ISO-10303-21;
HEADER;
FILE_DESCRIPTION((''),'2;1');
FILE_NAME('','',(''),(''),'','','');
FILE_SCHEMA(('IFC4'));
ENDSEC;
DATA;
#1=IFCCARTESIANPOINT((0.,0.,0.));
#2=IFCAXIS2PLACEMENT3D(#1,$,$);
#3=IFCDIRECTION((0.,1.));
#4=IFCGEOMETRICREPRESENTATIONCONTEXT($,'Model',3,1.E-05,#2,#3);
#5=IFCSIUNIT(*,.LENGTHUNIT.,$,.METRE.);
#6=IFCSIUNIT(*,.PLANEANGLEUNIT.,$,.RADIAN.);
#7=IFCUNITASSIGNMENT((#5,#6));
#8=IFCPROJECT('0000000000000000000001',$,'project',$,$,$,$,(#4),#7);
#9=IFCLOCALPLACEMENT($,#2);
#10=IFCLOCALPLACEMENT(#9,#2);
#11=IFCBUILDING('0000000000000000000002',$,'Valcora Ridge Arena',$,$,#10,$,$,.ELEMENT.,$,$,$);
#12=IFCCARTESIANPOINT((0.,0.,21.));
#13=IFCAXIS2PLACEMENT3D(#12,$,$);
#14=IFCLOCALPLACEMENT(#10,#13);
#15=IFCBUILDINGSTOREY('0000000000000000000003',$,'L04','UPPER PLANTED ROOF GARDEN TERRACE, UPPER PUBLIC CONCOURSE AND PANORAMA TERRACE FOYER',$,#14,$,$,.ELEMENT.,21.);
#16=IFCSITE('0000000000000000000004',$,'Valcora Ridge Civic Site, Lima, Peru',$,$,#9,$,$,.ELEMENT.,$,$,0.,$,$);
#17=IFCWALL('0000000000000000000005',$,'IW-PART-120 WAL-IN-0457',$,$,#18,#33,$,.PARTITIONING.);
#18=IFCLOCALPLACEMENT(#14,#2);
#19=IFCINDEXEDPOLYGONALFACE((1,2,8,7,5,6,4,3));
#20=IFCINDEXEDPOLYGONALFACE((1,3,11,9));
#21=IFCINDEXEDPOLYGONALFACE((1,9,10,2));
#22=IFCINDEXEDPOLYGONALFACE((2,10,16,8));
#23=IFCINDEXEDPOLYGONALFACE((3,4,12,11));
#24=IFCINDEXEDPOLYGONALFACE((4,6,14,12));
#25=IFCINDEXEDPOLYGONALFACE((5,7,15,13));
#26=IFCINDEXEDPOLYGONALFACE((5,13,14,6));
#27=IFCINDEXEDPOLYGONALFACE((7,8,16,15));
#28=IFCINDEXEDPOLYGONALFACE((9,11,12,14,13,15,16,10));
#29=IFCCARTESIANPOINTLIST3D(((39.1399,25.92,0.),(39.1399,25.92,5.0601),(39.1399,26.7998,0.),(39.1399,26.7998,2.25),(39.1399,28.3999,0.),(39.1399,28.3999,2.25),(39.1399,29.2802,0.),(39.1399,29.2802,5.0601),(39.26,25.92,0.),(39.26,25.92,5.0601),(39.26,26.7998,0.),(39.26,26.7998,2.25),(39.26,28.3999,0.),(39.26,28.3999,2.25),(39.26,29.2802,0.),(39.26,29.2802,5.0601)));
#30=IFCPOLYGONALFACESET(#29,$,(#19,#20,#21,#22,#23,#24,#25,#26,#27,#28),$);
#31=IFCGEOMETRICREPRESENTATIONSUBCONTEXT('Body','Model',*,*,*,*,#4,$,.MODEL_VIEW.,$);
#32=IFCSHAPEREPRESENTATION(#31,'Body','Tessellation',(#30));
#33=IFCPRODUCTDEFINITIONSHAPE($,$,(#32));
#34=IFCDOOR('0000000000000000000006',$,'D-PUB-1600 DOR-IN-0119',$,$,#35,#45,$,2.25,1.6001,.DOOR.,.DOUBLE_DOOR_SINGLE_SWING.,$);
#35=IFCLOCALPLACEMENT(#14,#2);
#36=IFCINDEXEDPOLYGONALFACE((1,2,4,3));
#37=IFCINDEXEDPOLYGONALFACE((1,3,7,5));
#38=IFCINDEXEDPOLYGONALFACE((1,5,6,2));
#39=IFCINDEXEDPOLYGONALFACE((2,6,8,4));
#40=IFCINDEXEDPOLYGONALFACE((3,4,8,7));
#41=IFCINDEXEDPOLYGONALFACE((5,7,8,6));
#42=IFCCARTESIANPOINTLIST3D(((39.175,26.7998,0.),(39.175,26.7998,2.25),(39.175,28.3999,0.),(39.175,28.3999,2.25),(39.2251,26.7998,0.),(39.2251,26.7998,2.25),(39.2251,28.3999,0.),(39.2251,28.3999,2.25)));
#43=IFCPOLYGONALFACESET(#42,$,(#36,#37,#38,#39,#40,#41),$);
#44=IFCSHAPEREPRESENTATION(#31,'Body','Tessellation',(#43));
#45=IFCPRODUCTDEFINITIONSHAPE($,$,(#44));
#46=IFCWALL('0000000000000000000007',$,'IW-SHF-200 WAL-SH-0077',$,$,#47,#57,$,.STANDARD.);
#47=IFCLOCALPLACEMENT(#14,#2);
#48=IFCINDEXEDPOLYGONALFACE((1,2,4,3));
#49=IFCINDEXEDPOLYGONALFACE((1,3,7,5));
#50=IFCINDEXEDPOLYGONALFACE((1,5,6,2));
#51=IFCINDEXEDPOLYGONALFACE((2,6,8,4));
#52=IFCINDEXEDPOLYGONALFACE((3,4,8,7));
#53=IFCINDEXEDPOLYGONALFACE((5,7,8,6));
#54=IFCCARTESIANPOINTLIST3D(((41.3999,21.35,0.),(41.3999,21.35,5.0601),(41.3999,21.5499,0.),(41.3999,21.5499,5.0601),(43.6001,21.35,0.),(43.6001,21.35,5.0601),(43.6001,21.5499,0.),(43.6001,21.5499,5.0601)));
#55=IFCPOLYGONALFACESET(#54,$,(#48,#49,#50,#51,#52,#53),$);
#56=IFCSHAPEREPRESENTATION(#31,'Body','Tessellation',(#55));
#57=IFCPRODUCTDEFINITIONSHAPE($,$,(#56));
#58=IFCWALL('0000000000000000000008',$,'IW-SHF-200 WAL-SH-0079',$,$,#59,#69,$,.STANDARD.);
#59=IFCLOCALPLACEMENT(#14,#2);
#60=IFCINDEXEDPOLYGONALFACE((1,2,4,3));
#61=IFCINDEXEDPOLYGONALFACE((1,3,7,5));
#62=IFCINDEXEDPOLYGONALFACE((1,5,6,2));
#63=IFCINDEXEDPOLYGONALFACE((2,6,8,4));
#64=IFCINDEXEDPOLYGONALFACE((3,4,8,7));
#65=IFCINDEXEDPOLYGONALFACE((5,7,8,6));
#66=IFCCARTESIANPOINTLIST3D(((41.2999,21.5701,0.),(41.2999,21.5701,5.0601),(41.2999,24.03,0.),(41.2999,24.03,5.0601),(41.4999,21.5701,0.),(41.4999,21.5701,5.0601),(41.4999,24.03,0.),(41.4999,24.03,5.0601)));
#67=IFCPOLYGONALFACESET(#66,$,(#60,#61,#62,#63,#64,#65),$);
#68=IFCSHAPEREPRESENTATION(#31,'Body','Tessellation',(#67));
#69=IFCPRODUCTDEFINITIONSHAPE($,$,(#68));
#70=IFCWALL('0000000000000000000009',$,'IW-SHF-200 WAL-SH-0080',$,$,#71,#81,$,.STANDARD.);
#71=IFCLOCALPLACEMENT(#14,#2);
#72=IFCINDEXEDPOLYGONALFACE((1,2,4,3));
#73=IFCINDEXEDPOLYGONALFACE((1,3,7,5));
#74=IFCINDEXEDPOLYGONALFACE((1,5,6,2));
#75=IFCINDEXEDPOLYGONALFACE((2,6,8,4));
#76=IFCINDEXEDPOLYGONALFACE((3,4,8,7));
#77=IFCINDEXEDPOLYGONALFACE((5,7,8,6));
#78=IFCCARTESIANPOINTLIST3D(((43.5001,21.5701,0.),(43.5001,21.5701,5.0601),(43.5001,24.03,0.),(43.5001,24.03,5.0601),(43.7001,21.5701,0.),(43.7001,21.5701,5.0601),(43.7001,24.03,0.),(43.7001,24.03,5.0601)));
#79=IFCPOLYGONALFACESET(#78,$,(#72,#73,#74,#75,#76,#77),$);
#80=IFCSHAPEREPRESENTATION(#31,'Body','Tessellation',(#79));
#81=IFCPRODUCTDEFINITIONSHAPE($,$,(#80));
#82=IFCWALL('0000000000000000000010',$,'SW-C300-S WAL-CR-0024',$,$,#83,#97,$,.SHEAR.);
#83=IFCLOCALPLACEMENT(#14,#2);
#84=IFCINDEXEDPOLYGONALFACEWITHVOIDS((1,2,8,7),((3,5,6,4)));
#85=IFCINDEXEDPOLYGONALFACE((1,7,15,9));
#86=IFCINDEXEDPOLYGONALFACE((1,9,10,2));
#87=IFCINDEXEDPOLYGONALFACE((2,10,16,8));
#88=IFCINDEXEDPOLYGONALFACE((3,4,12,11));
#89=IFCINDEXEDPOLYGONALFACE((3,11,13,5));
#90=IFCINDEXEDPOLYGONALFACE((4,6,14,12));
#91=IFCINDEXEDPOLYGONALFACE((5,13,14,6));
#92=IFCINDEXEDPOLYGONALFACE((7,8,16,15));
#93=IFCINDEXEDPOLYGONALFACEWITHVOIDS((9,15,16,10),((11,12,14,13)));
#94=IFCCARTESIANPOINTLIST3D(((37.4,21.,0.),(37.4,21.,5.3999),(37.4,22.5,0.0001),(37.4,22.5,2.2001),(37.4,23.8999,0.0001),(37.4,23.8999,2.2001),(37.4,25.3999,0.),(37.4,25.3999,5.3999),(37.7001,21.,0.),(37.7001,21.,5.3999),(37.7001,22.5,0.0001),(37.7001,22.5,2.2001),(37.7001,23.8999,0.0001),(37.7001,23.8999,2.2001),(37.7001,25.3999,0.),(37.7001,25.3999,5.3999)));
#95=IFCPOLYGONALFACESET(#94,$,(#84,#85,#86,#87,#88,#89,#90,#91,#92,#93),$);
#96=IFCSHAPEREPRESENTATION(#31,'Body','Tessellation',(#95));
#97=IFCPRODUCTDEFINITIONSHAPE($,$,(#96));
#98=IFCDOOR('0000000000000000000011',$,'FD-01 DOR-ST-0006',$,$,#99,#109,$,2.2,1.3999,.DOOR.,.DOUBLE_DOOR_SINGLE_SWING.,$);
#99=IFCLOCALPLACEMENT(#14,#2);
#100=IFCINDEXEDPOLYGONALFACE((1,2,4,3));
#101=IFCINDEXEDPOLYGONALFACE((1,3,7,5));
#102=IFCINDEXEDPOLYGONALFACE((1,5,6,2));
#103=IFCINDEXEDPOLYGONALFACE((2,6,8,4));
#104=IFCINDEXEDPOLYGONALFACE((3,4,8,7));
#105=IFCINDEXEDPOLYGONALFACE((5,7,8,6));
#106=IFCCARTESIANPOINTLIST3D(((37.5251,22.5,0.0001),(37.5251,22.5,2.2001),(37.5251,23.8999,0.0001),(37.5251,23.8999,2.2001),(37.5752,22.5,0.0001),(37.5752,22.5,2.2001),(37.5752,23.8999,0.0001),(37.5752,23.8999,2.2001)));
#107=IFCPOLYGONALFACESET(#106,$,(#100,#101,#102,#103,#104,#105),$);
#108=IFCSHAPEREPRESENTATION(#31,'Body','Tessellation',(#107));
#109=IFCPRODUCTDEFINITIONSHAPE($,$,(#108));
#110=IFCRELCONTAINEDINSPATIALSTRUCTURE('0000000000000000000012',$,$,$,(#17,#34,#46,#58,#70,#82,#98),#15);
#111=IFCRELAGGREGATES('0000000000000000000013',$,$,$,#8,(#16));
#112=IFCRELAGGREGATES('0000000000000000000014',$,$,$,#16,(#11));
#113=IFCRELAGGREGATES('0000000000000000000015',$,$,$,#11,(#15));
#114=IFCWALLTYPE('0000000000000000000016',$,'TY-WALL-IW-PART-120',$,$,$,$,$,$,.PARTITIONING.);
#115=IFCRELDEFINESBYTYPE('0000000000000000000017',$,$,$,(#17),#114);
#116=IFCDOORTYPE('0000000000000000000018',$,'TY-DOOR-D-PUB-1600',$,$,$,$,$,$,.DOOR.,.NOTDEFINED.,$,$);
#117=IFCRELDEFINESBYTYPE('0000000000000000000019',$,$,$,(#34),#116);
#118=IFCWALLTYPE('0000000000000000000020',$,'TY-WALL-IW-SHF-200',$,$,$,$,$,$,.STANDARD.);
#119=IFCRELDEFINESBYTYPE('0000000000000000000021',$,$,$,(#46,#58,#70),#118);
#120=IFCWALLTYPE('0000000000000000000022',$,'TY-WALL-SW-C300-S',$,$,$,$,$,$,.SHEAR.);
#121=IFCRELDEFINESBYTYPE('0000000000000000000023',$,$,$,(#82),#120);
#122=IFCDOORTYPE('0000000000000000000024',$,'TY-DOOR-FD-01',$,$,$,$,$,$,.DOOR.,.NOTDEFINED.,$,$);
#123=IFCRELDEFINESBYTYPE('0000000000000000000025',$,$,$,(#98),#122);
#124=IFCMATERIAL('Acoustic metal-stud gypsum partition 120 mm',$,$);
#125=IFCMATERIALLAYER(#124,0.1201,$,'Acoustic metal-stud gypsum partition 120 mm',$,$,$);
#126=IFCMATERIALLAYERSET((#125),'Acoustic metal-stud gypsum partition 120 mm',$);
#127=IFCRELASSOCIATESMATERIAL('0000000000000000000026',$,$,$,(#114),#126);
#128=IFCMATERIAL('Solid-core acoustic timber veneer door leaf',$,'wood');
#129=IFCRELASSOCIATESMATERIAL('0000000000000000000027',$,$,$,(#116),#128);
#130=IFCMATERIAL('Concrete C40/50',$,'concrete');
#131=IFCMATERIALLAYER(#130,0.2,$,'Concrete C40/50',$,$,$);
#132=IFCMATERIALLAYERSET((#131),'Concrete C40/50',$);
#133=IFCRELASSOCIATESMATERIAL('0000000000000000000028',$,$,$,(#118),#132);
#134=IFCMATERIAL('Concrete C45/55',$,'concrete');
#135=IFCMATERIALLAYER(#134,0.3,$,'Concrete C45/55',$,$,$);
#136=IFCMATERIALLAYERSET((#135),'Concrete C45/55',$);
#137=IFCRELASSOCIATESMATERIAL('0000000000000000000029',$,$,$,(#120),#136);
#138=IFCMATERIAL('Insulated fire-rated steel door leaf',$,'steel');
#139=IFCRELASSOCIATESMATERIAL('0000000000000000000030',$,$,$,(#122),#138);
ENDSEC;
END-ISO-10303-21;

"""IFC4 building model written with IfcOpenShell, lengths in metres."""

from ifc_helpers import new_model, si_unit, direction, frame, frame_2d, origin, place, context, subcontext, project, spatial, rectangle, extrude, material, layer, layer_set, type_object, element, fill, save


model = new_model("IFC4")

# Units and contexts
model_context = context("Model", 3, precision=1e-05, world=origin(), true_north=direction((0.0, 1.0)))
body_context = subcontext(model_context, "Body", "Model", "MODEL_VIEW")
ifc_project = project(units=[si_unit("LENGTHUNIT", "METRE"), si_unit("PLANEANGLEUNIT", "RADIAN")], contexts=[model_context])

# Site, building, storey
site_placement = place(None, origin())
site = spatial("IfcSite", under=ifc_project, at=site_placement, Name="Valcora Ridge Civic Site, Lima, Peru", CompositionType="ELEMENT", RefElevation=0.0)
building_placement = place(site_placement, origin())
building = spatial("IfcBuilding", under=site, at=building_placement, Name="Valcora Ridge Arena", CompositionType="ELEMENT")
storey_placement = place(building_placement, frame((0.0, 0.0, 21.0)))
storey = spatial("IfcBuildingStorey", under=building, at=storey_placement, Name="L04", Description="UPPER PLANTED ROOF GARDEN TERRACE, UPPER PUBLIC CONCOURSE AND PANORAMA TERRACE FOYER", CompositionType="ELEMENT", Elevation=21.0)

# Shared definitions
ifc_material_1 = material(Name="Concrete C40/50", Category="concrete")

# Shared definitions
ifc_material_2 = material(Name="Acoustic metal-stud gypsum partition 120 mm")
ifc_layer_1 = layer(ifc_material_2, 0.1201, Name="Acoustic metal-stud gypsum partition 120 mm")
ifc_layer_set_1 = layer_set([ifc_layer_1], Name="Acoustic metal-stud gypsum partition 120 mm")
wall_type_1 = type_object("IfcWallType", Name="TY-WALL-IW-PART-120", PredefinedType="PARTITIONING", material=ifc_layer_set_1)

# Wall, opening, door
wall_1_placement = place(storey_placement, frame((39.2, 25.9199, 0.0), z_axis=(0.0, 0.0, 1.0), x_axis=(0.0, 1.0, 0.0)))
wall_1 = element("IfcWall", 1, at=wall_1_placement, inside=storey, type_object=wall_type_1, Name="IW-PART-120 WAL-IN-0457", PredefinedType="PARTITIONING", context=body_context, shape_type="SweptSolid", body=[
    extrude(rectangle(XDim=3.3601, YDim=0.1201, at=frame_2d((1.6802, 0.0))), origin(), (0.0, 0.0, 1.0), 5.0601),
])
opening_1_placement = place(wall_1_placement, frame((0.8799, 0.0, 0.0)))
opening_1 = element("IfcOpeningElement", 2, at=opening_1_placement, cuts=wall_1, PredefinedType="OPENING", context=body_context, shape_type="SweptSolid", body=[
    extrude(rectangle(XDim=1.6001, YDim=2.25, at=frame_2d((0.8, 1.125))), frame((0.0, 0.0701, 0.0), z_axis=(0.0, -1.0, 0.0), x_axis=(1.0, 0.0, 0.0)), (0.0, 0.0, 1.0), 0.1401),
])
ifc_material_3 = material(Name="Solid-core acoustic timber veneer door leaf", Category="wood")
door_type_1 = type_object("IfcDoorType", Name="TY-DOOR-D-PUB-1600", OperationType="NOTDEFINED", PredefinedType="DOOR", material=ifc_material_3)
door_1_placement = place(opening_1_placement, origin())
door_1 = element("IfcDoor", 3, at=door_1_placement, inside=storey, type_object=door_type_1, Name="D-PUB-1600 DOR-IN-0119", OperationType="DOUBLE_DOOR_SINGLE_SWING", OverallHeight=2.25, OverallWidth=1.6001, PredefinedType="DOOR", context=body_context, shape_type="SweptSolid", body=[
    extrude(rectangle(XDim=1.6001, YDim=2.25, at=frame_2d((0.8, 1.125))), frame((0.0, 0.0249, 0.0), z_axis=(0.0, -1.0, 0.0), x_axis=(1.0, 0.0, 0.0)), (0.0, 0.0, 1.0), 0.05),
])
fill(opening_1, door_1)

# Wall
ifc_layer_2 = layer(ifc_material_1, 0.2, Name="Concrete C40/50")
ifc_layer_set_2 = layer_set([ifc_layer_2], Name="Concrete C40/50")
wall_type_2 = type_object("IfcWallType", Name="TY-WALL-IW-SHF-200", PredefinedType="STANDARD", material=ifc_layer_set_2)
wall_2_placement = place(storey_placement, frame((41.3999, 21.45, 0.0), z_axis=(0.0, 0.0, 1.0), x_axis=(1.0, 0.0, 0.0)))
element("IfcWall", 4, at=wall_2_placement, inside=storey, type_object=wall_type_2, Name="IW-SHF-200 WAL-SH-0077", PredefinedType="STANDARD", context=body_context, shape_type="SweptSolid", body=[
    extrude(rectangle(XDim=2.2002, YDim=0.2, at=frame_2d((1.1001, 0.0))), origin(), (0.0, 0.0, 1.0), 5.0601),
])

# Walls
for number, where, z_axis, x_axis, name in (
    (5, (41.3999, 21.5701, 0.0), (0.0, 0.0, 1.0), (0.0, 1.0, 0.0), "IW-SHF-200 WAL-SH-0079"),
    (6, (43.6001, 21.5701, 0.0), (0.0, 0.0, 1.0), (0.0, 1.0, 0.0), "IW-SHF-200 WAL-SH-0080"),
):
    element("IfcWall", number, at=place(storey_placement, frame(where, z_axis=z_axis, x_axis=x_axis)), inside=storey, type_object=wall_type_2, Name=name, PredefinedType="STANDARD", context=body_context, shape_type="SweptSolid", body=[
        extrude(rectangle(XDim=2.46, YDim=0.2, at=frame_2d((1.23, 0.0))), origin(), (0.0, 0.0, 1.0), 5.0601),
    ])

# Wall, opening, door
ifc_material_4 = material(Name="Concrete C45/55", Category="concrete")
ifc_layer_3 = layer(ifc_material_4, 0.3, Name="Concrete C45/55")
ifc_layer_set_3 = layer_set([ifc_layer_3], Name="Concrete C45/55")
wall_type_3 = type_object("IfcWallType", Name="TY-WALL-SW-C300-S", PredefinedType="SHEAR", material=ifc_layer_set_3)
wall_3_placement = place(storey_placement, frame((37.55, 21.0, 0.0), z_axis=(0.0, 0.0, 1.0), x_axis=(0.0, 1.0, 0.0)))
wall_3 = element("IfcWall", 7, at=wall_3_placement, inside=storey, type_object=wall_type_3, Name="SW-C300-S WAL-CR-0024", PredefinedType="SHEAR", context=body_context, shape_type="SweptSolid", body=[
    extrude(rectangle(XDim=4.3999, YDim=0.3, at=frame_2d((2.2, 0.0))), origin(), (0.0, 0.0, 1.0), 5.3999),
])
opening_2_placement = place(wall_3_placement, frame((1.5, 0.0, 0.0)))
opening_2 = element("IfcOpeningElement", 8, at=opening_2_placement, cuts=wall_3, PredefinedType="OPENING", context=body_context, shape_type="SweptSolid", body=[
    extrude(rectangle(XDim=1.3999, YDim=2.2, at=frame_2d((0.7, 1.1001))), frame((0.0, 0.1599, 0.0), z_axis=(0.0, -1.0, 0.0), x_axis=(1.0, 0.0, 0.0)), (0.0, 0.0, 1.0), 0.3201),
])
ifc_material_5 = material(Name="Insulated fire-rated steel door leaf", Category="steel")
door_type_2 = type_object("IfcDoorType", Name="TY-DOOR-FD-01", OperationType="NOTDEFINED", PredefinedType="DOOR", material=ifc_material_5)
door_2_placement = place(opening_2_placement, origin())
door_2 = element("IfcDoor", 9, at=door_2_placement, inside=storey, type_object=door_type_2, Name="FD-01 DOR-ST-0006", OperationType="DOUBLE_DOOR_SINGLE_SWING", OverallHeight=2.2, OverallWidth=1.3999, PredefinedType="DOOR", context=body_context, shape_type="SweptSolid", body=[
    extrude(rectangle(XDim=1.3999, YDim=2.2, at=frame_2d((0.7, 1.1001))), frame((0.0, 0.0249, 0.0), z_axis=(0.0, -1.0, 0.0), x_axis=(1.0, 0.0, 0.0)), (0.0, 0.0, 1.0), 0.05),
])
fill(opening_2, door_2)

save(model, "model.ifc")
